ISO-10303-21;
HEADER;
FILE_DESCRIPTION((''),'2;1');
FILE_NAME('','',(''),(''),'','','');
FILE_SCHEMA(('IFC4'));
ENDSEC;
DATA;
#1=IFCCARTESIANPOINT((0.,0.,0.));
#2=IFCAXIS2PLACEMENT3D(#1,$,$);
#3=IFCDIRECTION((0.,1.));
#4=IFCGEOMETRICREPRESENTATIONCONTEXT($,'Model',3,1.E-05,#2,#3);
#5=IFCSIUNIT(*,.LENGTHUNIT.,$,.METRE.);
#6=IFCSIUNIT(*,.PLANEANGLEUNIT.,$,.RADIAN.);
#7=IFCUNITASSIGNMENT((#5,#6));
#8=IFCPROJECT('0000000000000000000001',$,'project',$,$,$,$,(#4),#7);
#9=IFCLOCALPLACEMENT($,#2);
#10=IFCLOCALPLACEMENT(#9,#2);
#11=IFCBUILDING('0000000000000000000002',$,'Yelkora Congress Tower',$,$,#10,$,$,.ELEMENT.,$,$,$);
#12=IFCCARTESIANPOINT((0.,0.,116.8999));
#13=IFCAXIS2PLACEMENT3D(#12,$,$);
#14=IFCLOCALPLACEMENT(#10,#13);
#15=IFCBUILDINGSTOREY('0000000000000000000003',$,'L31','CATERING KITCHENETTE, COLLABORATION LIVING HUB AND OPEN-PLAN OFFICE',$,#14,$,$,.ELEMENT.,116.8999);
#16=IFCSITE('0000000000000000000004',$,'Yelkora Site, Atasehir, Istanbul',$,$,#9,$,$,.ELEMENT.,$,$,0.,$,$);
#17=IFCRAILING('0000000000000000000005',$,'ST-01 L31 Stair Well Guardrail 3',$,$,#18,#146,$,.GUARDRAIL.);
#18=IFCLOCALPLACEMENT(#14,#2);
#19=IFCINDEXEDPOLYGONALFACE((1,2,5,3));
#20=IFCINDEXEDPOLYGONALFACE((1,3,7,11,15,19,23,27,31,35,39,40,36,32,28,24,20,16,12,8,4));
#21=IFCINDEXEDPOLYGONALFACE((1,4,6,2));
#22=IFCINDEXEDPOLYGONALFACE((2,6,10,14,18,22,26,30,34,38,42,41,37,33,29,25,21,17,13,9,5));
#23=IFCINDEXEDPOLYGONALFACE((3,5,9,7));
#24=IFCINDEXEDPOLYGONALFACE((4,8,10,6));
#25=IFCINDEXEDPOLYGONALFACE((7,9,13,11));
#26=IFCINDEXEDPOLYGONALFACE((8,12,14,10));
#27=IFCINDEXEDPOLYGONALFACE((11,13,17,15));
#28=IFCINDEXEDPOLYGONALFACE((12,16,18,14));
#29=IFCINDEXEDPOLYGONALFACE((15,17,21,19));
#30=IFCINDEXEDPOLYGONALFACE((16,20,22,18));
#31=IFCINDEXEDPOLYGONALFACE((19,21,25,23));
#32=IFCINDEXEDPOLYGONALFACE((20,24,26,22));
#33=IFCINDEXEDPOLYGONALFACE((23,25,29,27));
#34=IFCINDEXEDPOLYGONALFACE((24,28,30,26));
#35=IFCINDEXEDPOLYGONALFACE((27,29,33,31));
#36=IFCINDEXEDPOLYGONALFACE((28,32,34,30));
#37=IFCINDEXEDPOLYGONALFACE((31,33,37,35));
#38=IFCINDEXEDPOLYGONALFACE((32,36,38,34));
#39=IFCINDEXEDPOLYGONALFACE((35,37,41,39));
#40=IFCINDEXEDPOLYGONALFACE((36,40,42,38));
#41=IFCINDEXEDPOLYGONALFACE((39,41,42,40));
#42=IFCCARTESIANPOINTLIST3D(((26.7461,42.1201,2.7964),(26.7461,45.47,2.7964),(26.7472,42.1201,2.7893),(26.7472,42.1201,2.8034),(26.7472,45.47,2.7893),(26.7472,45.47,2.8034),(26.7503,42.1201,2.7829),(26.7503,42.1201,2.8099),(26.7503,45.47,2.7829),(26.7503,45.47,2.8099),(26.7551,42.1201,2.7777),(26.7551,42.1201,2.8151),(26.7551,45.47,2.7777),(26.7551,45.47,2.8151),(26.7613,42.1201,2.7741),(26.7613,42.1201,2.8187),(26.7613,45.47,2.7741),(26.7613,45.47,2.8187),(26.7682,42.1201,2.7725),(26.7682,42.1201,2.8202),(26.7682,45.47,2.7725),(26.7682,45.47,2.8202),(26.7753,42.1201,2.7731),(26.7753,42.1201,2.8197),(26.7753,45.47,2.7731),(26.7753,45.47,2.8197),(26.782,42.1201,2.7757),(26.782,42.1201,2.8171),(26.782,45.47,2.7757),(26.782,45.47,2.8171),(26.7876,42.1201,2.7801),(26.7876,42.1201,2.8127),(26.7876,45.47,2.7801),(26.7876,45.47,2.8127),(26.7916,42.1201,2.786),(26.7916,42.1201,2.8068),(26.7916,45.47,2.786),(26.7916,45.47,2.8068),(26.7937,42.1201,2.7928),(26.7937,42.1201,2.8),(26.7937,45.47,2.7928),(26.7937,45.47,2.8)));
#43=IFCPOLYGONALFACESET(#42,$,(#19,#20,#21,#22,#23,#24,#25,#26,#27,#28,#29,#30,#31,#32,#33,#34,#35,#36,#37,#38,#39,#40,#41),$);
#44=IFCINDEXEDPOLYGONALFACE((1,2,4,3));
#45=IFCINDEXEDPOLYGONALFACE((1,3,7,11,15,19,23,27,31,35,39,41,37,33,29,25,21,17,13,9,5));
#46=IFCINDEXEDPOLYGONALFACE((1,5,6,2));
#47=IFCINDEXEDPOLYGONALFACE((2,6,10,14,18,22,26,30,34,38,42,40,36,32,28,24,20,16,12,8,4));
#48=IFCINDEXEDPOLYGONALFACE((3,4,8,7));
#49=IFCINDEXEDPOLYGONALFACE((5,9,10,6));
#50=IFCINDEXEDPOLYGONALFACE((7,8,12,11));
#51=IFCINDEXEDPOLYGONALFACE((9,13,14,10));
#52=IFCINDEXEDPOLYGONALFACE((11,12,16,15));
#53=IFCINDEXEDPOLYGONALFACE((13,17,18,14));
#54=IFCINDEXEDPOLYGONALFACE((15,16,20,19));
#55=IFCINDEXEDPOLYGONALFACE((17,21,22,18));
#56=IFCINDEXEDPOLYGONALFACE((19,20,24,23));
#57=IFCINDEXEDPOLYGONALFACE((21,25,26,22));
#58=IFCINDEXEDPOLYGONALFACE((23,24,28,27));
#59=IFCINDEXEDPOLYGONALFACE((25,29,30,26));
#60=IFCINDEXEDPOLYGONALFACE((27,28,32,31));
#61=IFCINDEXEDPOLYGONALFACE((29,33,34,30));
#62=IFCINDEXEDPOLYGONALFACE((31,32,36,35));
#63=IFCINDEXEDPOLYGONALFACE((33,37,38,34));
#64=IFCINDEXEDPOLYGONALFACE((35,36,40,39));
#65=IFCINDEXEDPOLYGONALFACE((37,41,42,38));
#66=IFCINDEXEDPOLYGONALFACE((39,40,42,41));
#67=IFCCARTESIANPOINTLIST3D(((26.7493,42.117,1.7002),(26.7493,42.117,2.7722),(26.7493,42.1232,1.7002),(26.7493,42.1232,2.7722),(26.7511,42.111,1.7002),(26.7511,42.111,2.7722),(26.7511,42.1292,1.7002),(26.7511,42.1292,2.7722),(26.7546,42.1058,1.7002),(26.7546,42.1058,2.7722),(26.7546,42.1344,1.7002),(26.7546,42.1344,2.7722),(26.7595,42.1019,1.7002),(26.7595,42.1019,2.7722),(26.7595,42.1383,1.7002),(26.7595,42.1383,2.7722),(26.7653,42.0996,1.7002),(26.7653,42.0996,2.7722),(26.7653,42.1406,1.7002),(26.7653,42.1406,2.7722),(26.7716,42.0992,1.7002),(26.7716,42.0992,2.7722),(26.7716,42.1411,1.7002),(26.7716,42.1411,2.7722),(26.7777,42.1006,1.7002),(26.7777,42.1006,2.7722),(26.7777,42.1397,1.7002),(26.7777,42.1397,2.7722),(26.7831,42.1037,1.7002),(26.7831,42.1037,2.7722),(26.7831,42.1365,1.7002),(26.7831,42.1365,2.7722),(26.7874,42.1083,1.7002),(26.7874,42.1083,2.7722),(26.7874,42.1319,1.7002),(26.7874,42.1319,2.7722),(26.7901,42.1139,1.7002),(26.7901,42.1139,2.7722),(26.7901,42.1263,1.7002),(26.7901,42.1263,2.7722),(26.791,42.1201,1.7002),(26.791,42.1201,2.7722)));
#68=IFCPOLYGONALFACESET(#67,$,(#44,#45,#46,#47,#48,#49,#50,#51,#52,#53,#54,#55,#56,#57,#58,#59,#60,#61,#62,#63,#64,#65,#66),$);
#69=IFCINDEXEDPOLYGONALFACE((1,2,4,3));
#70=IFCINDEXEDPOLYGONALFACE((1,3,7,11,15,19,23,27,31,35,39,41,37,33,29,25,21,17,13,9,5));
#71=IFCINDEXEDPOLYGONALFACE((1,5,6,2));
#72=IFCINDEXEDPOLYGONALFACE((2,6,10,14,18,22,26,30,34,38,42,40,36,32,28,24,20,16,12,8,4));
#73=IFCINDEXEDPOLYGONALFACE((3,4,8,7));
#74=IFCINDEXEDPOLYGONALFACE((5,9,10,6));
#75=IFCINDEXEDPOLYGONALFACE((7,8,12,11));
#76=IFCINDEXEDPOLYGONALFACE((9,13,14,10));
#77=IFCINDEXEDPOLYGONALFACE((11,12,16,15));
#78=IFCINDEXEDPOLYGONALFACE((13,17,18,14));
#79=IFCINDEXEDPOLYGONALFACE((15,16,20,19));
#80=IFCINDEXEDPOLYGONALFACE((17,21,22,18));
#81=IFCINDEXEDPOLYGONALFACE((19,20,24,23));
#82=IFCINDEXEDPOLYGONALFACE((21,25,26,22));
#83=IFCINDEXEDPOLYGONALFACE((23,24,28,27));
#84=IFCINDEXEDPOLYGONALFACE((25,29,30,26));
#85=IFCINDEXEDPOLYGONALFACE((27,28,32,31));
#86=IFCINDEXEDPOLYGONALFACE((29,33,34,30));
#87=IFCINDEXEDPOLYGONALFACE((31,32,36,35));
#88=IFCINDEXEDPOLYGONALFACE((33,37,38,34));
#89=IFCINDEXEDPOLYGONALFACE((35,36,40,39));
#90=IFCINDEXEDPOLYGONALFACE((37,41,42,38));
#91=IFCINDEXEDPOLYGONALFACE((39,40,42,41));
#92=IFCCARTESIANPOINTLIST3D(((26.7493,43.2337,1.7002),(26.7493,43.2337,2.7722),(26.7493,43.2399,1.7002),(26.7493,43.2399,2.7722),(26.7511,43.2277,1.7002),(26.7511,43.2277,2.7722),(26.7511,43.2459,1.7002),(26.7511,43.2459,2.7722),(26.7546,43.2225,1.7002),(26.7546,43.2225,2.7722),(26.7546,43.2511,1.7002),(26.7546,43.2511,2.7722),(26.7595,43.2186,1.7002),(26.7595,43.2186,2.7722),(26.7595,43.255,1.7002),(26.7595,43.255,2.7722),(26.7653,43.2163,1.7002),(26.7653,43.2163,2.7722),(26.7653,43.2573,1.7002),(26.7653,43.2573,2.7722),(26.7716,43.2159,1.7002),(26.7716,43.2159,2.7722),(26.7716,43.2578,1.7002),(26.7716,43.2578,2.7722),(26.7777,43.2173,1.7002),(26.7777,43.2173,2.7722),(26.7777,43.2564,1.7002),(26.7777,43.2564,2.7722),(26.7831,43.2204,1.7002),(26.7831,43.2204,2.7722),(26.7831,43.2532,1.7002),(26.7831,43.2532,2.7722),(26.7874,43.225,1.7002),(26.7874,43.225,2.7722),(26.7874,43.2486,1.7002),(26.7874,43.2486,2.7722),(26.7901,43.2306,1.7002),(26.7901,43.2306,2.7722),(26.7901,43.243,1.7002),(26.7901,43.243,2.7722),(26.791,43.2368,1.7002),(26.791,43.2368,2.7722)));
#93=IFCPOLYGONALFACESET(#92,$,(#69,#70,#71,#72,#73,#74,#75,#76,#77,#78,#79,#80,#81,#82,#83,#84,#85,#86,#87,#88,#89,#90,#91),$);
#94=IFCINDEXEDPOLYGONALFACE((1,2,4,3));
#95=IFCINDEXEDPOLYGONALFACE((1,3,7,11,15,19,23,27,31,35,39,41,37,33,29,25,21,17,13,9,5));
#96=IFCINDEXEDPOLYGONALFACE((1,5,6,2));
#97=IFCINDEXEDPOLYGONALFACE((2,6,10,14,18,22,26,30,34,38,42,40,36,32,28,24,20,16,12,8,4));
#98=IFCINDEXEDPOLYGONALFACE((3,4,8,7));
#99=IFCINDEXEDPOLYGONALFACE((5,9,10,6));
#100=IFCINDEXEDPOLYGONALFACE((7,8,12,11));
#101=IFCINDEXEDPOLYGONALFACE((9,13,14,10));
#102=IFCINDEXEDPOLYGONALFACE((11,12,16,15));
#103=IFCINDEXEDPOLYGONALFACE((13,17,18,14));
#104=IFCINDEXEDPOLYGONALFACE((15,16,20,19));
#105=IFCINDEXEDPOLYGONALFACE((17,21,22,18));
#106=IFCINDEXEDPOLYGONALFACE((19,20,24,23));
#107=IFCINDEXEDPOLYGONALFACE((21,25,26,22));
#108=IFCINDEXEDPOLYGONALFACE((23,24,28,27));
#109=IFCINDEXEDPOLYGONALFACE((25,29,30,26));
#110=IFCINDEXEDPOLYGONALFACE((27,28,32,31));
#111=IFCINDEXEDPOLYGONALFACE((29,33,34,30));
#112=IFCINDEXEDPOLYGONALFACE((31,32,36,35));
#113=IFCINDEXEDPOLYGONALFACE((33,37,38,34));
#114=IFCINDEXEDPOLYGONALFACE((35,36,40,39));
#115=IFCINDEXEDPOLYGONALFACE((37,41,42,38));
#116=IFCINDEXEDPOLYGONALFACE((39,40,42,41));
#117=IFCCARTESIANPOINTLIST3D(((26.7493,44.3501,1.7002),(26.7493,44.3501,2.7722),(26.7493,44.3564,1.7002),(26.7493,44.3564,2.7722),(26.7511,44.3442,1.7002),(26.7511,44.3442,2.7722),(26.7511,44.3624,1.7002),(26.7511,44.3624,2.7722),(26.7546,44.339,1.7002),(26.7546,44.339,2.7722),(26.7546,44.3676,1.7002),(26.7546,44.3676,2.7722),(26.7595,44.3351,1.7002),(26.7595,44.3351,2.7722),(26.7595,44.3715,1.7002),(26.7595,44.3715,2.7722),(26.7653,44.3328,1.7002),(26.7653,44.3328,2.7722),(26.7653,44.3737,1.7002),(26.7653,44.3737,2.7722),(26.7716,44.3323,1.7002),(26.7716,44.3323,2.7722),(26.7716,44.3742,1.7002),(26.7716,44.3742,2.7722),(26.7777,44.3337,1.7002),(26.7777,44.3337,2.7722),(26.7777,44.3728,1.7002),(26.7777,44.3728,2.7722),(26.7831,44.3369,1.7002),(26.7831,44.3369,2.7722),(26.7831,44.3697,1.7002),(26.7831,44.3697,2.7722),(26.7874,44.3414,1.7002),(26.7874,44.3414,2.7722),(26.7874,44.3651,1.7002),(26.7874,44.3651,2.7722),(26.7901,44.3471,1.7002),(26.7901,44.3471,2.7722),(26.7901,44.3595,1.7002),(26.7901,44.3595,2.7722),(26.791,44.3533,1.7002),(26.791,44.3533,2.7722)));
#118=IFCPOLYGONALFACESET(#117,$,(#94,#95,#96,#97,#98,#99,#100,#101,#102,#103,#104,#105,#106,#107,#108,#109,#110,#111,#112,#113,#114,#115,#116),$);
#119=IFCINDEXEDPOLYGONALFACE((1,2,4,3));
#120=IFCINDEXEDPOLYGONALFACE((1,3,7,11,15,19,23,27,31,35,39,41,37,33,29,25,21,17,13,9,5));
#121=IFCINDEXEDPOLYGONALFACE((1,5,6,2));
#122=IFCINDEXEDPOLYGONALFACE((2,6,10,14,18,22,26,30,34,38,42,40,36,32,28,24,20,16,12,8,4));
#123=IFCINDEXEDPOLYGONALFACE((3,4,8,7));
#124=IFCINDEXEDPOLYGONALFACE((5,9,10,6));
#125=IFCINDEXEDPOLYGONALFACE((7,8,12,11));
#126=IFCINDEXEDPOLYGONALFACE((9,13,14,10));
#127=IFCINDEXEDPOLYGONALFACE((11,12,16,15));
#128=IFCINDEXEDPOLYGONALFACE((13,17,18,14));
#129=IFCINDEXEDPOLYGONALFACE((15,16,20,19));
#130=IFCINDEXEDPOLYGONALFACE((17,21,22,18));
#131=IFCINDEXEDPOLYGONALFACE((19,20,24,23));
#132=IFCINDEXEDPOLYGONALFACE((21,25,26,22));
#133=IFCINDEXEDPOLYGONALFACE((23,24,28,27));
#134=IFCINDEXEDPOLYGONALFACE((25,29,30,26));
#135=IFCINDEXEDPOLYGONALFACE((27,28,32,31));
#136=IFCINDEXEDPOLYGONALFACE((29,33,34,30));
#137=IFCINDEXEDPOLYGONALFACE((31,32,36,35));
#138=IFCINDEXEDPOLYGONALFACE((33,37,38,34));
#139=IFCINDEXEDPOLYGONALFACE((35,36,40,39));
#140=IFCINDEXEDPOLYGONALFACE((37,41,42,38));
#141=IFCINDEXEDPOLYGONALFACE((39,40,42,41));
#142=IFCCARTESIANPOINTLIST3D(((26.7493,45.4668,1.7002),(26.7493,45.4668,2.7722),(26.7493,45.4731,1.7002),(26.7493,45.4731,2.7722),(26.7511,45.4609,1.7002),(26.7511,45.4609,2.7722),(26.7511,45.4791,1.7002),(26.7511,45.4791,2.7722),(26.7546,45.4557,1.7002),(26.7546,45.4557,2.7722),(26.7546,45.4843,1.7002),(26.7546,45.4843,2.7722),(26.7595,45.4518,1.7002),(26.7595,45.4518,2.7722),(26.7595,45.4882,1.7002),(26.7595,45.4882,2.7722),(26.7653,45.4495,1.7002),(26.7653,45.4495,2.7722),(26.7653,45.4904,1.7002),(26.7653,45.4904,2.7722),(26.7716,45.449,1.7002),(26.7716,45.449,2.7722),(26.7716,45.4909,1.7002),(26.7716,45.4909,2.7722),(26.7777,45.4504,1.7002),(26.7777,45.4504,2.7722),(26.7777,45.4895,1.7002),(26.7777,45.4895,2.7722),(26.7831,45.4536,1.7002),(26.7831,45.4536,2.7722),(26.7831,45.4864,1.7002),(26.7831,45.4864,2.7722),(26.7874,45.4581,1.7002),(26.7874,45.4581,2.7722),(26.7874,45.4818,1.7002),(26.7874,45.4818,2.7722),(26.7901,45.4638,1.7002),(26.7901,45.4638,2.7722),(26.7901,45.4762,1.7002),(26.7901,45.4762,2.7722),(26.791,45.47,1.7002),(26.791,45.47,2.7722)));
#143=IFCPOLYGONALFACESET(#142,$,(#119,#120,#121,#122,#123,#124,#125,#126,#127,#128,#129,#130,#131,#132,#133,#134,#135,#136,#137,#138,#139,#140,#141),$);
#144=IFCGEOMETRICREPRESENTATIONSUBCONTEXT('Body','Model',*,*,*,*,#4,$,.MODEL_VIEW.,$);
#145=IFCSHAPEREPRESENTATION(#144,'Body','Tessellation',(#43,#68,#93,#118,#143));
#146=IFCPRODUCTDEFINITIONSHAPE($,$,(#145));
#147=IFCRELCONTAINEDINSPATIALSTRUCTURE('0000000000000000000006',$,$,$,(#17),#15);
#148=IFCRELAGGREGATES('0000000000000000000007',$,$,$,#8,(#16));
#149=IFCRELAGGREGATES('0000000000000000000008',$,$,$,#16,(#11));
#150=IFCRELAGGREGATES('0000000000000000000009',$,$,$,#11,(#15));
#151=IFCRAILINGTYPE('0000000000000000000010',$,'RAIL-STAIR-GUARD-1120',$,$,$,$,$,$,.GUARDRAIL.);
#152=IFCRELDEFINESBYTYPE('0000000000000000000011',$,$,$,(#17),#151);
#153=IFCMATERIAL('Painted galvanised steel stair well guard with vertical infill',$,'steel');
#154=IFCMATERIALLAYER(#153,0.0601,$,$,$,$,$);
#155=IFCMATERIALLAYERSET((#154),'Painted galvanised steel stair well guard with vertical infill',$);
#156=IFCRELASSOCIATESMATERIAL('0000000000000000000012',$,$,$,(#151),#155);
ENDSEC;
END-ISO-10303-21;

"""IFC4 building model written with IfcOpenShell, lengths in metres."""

from ifc_helpers import new_model, si_unit, direction, frame, origin, origin_2d, place, context, subcontext, project, spatial, circle, extrude, material, layer, layer_set, type_object, element, save


model = new_model("IFC4")

# Units and contexts
model_context = context("Model", 3, precision=1e-05, world=origin(), true_north=direction((0.0, 1.0)))
body_context = subcontext(model_context, "Body", "Model", "MODEL_VIEW")
ifc_project = project(units=[si_unit("LENGTHUNIT", "METRE"), si_unit("PLANEANGLEUNIT", "RADIAN")], contexts=[model_context])

# Site, building, storey
site_placement = place(None, origin())
site = spatial("IfcSite", under=ifc_project, at=site_placement, Name="Yelkora Site, Atasehir, Istanbul", CompositionType="ELEMENT", RefElevation=0.0)
building_placement = place(site_placement, origin())
building = spatial("IfcBuilding", under=site, at=building_placement, Name="Yelkora Congress Tower", CompositionType="ELEMENT")
storey_placement = place(building_placement, frame((0.0, 0.0, 116.8999)))
storey = spatial("IfcBuildingStorey", under=building, at=storey_placement, Name="L31", Description="CATERING KITCHENETTE, COLLABORATION LIVING HUB AND OPEN-PLAN OFFICE", CompositionType="ELEMENT", Elevation=116.8999)

# Railing
ifc_material_1 = material(Name="Painted galvanised steel stair well guard with vertical infill", Category="steel")
ifc_layer_1 = layer(ifc_material_1, 0.0601)
ifc_layer_set_1 = layer_set([ifc_layer_1], Name="Painted galvanised steel stair well guard with vertical infill")
railing_type_1 = type_object("IfcRailingType", Name="RAIL-STAIR-GUARD-1120", PredefinedType="GUARDRAIL", material=ifc_layer_set_1)
railing_1_placement = place(storey_placement, frame((26.77, 42.1201, 1.7002)))
element("IfcRailing", 1, at=railing_1_placement, inside=storey, type_object=railing_type_1, Name="ST-01 L31 Stair Well Guardrail 3", PredefinedType="GUARDRAIL", context=body_context, shape_type="SweptSolid", body=[
    extrude(circle(Radius=0.0239, at=origin_2d()), frame((0.0, 0.0, 1.0962), z_axis=(0.0, 1.0, 0.0), x_axis=(-1.0, 0.0, 0.0)), (0.0, 0.0, 1.0), 3.3499),
    extrude(circle(Radius=0.021, at=origin_2d()), origin(), (0.0, 0.0, 1.0), 1.072),
    extrude(circle(Radius=0.021, at=origin_2d()), frame((0.0, 1.1167, 0.0)), (0.0, 0.0, 1.0), 1.072),
    extrude(circle(Radius=0.021, at=origin_2d()), frame((0.0, 2.2332, 0.0)), (0.0, 0.0, 1.0), 1.072),
    extrude(circle(Radius=0.021, at=origin_2d()), frame((0.0, 3.3499, 0.0)), (0.0, 0.0, 1.0), 1.072),
])

save(model, "model.ifc")
